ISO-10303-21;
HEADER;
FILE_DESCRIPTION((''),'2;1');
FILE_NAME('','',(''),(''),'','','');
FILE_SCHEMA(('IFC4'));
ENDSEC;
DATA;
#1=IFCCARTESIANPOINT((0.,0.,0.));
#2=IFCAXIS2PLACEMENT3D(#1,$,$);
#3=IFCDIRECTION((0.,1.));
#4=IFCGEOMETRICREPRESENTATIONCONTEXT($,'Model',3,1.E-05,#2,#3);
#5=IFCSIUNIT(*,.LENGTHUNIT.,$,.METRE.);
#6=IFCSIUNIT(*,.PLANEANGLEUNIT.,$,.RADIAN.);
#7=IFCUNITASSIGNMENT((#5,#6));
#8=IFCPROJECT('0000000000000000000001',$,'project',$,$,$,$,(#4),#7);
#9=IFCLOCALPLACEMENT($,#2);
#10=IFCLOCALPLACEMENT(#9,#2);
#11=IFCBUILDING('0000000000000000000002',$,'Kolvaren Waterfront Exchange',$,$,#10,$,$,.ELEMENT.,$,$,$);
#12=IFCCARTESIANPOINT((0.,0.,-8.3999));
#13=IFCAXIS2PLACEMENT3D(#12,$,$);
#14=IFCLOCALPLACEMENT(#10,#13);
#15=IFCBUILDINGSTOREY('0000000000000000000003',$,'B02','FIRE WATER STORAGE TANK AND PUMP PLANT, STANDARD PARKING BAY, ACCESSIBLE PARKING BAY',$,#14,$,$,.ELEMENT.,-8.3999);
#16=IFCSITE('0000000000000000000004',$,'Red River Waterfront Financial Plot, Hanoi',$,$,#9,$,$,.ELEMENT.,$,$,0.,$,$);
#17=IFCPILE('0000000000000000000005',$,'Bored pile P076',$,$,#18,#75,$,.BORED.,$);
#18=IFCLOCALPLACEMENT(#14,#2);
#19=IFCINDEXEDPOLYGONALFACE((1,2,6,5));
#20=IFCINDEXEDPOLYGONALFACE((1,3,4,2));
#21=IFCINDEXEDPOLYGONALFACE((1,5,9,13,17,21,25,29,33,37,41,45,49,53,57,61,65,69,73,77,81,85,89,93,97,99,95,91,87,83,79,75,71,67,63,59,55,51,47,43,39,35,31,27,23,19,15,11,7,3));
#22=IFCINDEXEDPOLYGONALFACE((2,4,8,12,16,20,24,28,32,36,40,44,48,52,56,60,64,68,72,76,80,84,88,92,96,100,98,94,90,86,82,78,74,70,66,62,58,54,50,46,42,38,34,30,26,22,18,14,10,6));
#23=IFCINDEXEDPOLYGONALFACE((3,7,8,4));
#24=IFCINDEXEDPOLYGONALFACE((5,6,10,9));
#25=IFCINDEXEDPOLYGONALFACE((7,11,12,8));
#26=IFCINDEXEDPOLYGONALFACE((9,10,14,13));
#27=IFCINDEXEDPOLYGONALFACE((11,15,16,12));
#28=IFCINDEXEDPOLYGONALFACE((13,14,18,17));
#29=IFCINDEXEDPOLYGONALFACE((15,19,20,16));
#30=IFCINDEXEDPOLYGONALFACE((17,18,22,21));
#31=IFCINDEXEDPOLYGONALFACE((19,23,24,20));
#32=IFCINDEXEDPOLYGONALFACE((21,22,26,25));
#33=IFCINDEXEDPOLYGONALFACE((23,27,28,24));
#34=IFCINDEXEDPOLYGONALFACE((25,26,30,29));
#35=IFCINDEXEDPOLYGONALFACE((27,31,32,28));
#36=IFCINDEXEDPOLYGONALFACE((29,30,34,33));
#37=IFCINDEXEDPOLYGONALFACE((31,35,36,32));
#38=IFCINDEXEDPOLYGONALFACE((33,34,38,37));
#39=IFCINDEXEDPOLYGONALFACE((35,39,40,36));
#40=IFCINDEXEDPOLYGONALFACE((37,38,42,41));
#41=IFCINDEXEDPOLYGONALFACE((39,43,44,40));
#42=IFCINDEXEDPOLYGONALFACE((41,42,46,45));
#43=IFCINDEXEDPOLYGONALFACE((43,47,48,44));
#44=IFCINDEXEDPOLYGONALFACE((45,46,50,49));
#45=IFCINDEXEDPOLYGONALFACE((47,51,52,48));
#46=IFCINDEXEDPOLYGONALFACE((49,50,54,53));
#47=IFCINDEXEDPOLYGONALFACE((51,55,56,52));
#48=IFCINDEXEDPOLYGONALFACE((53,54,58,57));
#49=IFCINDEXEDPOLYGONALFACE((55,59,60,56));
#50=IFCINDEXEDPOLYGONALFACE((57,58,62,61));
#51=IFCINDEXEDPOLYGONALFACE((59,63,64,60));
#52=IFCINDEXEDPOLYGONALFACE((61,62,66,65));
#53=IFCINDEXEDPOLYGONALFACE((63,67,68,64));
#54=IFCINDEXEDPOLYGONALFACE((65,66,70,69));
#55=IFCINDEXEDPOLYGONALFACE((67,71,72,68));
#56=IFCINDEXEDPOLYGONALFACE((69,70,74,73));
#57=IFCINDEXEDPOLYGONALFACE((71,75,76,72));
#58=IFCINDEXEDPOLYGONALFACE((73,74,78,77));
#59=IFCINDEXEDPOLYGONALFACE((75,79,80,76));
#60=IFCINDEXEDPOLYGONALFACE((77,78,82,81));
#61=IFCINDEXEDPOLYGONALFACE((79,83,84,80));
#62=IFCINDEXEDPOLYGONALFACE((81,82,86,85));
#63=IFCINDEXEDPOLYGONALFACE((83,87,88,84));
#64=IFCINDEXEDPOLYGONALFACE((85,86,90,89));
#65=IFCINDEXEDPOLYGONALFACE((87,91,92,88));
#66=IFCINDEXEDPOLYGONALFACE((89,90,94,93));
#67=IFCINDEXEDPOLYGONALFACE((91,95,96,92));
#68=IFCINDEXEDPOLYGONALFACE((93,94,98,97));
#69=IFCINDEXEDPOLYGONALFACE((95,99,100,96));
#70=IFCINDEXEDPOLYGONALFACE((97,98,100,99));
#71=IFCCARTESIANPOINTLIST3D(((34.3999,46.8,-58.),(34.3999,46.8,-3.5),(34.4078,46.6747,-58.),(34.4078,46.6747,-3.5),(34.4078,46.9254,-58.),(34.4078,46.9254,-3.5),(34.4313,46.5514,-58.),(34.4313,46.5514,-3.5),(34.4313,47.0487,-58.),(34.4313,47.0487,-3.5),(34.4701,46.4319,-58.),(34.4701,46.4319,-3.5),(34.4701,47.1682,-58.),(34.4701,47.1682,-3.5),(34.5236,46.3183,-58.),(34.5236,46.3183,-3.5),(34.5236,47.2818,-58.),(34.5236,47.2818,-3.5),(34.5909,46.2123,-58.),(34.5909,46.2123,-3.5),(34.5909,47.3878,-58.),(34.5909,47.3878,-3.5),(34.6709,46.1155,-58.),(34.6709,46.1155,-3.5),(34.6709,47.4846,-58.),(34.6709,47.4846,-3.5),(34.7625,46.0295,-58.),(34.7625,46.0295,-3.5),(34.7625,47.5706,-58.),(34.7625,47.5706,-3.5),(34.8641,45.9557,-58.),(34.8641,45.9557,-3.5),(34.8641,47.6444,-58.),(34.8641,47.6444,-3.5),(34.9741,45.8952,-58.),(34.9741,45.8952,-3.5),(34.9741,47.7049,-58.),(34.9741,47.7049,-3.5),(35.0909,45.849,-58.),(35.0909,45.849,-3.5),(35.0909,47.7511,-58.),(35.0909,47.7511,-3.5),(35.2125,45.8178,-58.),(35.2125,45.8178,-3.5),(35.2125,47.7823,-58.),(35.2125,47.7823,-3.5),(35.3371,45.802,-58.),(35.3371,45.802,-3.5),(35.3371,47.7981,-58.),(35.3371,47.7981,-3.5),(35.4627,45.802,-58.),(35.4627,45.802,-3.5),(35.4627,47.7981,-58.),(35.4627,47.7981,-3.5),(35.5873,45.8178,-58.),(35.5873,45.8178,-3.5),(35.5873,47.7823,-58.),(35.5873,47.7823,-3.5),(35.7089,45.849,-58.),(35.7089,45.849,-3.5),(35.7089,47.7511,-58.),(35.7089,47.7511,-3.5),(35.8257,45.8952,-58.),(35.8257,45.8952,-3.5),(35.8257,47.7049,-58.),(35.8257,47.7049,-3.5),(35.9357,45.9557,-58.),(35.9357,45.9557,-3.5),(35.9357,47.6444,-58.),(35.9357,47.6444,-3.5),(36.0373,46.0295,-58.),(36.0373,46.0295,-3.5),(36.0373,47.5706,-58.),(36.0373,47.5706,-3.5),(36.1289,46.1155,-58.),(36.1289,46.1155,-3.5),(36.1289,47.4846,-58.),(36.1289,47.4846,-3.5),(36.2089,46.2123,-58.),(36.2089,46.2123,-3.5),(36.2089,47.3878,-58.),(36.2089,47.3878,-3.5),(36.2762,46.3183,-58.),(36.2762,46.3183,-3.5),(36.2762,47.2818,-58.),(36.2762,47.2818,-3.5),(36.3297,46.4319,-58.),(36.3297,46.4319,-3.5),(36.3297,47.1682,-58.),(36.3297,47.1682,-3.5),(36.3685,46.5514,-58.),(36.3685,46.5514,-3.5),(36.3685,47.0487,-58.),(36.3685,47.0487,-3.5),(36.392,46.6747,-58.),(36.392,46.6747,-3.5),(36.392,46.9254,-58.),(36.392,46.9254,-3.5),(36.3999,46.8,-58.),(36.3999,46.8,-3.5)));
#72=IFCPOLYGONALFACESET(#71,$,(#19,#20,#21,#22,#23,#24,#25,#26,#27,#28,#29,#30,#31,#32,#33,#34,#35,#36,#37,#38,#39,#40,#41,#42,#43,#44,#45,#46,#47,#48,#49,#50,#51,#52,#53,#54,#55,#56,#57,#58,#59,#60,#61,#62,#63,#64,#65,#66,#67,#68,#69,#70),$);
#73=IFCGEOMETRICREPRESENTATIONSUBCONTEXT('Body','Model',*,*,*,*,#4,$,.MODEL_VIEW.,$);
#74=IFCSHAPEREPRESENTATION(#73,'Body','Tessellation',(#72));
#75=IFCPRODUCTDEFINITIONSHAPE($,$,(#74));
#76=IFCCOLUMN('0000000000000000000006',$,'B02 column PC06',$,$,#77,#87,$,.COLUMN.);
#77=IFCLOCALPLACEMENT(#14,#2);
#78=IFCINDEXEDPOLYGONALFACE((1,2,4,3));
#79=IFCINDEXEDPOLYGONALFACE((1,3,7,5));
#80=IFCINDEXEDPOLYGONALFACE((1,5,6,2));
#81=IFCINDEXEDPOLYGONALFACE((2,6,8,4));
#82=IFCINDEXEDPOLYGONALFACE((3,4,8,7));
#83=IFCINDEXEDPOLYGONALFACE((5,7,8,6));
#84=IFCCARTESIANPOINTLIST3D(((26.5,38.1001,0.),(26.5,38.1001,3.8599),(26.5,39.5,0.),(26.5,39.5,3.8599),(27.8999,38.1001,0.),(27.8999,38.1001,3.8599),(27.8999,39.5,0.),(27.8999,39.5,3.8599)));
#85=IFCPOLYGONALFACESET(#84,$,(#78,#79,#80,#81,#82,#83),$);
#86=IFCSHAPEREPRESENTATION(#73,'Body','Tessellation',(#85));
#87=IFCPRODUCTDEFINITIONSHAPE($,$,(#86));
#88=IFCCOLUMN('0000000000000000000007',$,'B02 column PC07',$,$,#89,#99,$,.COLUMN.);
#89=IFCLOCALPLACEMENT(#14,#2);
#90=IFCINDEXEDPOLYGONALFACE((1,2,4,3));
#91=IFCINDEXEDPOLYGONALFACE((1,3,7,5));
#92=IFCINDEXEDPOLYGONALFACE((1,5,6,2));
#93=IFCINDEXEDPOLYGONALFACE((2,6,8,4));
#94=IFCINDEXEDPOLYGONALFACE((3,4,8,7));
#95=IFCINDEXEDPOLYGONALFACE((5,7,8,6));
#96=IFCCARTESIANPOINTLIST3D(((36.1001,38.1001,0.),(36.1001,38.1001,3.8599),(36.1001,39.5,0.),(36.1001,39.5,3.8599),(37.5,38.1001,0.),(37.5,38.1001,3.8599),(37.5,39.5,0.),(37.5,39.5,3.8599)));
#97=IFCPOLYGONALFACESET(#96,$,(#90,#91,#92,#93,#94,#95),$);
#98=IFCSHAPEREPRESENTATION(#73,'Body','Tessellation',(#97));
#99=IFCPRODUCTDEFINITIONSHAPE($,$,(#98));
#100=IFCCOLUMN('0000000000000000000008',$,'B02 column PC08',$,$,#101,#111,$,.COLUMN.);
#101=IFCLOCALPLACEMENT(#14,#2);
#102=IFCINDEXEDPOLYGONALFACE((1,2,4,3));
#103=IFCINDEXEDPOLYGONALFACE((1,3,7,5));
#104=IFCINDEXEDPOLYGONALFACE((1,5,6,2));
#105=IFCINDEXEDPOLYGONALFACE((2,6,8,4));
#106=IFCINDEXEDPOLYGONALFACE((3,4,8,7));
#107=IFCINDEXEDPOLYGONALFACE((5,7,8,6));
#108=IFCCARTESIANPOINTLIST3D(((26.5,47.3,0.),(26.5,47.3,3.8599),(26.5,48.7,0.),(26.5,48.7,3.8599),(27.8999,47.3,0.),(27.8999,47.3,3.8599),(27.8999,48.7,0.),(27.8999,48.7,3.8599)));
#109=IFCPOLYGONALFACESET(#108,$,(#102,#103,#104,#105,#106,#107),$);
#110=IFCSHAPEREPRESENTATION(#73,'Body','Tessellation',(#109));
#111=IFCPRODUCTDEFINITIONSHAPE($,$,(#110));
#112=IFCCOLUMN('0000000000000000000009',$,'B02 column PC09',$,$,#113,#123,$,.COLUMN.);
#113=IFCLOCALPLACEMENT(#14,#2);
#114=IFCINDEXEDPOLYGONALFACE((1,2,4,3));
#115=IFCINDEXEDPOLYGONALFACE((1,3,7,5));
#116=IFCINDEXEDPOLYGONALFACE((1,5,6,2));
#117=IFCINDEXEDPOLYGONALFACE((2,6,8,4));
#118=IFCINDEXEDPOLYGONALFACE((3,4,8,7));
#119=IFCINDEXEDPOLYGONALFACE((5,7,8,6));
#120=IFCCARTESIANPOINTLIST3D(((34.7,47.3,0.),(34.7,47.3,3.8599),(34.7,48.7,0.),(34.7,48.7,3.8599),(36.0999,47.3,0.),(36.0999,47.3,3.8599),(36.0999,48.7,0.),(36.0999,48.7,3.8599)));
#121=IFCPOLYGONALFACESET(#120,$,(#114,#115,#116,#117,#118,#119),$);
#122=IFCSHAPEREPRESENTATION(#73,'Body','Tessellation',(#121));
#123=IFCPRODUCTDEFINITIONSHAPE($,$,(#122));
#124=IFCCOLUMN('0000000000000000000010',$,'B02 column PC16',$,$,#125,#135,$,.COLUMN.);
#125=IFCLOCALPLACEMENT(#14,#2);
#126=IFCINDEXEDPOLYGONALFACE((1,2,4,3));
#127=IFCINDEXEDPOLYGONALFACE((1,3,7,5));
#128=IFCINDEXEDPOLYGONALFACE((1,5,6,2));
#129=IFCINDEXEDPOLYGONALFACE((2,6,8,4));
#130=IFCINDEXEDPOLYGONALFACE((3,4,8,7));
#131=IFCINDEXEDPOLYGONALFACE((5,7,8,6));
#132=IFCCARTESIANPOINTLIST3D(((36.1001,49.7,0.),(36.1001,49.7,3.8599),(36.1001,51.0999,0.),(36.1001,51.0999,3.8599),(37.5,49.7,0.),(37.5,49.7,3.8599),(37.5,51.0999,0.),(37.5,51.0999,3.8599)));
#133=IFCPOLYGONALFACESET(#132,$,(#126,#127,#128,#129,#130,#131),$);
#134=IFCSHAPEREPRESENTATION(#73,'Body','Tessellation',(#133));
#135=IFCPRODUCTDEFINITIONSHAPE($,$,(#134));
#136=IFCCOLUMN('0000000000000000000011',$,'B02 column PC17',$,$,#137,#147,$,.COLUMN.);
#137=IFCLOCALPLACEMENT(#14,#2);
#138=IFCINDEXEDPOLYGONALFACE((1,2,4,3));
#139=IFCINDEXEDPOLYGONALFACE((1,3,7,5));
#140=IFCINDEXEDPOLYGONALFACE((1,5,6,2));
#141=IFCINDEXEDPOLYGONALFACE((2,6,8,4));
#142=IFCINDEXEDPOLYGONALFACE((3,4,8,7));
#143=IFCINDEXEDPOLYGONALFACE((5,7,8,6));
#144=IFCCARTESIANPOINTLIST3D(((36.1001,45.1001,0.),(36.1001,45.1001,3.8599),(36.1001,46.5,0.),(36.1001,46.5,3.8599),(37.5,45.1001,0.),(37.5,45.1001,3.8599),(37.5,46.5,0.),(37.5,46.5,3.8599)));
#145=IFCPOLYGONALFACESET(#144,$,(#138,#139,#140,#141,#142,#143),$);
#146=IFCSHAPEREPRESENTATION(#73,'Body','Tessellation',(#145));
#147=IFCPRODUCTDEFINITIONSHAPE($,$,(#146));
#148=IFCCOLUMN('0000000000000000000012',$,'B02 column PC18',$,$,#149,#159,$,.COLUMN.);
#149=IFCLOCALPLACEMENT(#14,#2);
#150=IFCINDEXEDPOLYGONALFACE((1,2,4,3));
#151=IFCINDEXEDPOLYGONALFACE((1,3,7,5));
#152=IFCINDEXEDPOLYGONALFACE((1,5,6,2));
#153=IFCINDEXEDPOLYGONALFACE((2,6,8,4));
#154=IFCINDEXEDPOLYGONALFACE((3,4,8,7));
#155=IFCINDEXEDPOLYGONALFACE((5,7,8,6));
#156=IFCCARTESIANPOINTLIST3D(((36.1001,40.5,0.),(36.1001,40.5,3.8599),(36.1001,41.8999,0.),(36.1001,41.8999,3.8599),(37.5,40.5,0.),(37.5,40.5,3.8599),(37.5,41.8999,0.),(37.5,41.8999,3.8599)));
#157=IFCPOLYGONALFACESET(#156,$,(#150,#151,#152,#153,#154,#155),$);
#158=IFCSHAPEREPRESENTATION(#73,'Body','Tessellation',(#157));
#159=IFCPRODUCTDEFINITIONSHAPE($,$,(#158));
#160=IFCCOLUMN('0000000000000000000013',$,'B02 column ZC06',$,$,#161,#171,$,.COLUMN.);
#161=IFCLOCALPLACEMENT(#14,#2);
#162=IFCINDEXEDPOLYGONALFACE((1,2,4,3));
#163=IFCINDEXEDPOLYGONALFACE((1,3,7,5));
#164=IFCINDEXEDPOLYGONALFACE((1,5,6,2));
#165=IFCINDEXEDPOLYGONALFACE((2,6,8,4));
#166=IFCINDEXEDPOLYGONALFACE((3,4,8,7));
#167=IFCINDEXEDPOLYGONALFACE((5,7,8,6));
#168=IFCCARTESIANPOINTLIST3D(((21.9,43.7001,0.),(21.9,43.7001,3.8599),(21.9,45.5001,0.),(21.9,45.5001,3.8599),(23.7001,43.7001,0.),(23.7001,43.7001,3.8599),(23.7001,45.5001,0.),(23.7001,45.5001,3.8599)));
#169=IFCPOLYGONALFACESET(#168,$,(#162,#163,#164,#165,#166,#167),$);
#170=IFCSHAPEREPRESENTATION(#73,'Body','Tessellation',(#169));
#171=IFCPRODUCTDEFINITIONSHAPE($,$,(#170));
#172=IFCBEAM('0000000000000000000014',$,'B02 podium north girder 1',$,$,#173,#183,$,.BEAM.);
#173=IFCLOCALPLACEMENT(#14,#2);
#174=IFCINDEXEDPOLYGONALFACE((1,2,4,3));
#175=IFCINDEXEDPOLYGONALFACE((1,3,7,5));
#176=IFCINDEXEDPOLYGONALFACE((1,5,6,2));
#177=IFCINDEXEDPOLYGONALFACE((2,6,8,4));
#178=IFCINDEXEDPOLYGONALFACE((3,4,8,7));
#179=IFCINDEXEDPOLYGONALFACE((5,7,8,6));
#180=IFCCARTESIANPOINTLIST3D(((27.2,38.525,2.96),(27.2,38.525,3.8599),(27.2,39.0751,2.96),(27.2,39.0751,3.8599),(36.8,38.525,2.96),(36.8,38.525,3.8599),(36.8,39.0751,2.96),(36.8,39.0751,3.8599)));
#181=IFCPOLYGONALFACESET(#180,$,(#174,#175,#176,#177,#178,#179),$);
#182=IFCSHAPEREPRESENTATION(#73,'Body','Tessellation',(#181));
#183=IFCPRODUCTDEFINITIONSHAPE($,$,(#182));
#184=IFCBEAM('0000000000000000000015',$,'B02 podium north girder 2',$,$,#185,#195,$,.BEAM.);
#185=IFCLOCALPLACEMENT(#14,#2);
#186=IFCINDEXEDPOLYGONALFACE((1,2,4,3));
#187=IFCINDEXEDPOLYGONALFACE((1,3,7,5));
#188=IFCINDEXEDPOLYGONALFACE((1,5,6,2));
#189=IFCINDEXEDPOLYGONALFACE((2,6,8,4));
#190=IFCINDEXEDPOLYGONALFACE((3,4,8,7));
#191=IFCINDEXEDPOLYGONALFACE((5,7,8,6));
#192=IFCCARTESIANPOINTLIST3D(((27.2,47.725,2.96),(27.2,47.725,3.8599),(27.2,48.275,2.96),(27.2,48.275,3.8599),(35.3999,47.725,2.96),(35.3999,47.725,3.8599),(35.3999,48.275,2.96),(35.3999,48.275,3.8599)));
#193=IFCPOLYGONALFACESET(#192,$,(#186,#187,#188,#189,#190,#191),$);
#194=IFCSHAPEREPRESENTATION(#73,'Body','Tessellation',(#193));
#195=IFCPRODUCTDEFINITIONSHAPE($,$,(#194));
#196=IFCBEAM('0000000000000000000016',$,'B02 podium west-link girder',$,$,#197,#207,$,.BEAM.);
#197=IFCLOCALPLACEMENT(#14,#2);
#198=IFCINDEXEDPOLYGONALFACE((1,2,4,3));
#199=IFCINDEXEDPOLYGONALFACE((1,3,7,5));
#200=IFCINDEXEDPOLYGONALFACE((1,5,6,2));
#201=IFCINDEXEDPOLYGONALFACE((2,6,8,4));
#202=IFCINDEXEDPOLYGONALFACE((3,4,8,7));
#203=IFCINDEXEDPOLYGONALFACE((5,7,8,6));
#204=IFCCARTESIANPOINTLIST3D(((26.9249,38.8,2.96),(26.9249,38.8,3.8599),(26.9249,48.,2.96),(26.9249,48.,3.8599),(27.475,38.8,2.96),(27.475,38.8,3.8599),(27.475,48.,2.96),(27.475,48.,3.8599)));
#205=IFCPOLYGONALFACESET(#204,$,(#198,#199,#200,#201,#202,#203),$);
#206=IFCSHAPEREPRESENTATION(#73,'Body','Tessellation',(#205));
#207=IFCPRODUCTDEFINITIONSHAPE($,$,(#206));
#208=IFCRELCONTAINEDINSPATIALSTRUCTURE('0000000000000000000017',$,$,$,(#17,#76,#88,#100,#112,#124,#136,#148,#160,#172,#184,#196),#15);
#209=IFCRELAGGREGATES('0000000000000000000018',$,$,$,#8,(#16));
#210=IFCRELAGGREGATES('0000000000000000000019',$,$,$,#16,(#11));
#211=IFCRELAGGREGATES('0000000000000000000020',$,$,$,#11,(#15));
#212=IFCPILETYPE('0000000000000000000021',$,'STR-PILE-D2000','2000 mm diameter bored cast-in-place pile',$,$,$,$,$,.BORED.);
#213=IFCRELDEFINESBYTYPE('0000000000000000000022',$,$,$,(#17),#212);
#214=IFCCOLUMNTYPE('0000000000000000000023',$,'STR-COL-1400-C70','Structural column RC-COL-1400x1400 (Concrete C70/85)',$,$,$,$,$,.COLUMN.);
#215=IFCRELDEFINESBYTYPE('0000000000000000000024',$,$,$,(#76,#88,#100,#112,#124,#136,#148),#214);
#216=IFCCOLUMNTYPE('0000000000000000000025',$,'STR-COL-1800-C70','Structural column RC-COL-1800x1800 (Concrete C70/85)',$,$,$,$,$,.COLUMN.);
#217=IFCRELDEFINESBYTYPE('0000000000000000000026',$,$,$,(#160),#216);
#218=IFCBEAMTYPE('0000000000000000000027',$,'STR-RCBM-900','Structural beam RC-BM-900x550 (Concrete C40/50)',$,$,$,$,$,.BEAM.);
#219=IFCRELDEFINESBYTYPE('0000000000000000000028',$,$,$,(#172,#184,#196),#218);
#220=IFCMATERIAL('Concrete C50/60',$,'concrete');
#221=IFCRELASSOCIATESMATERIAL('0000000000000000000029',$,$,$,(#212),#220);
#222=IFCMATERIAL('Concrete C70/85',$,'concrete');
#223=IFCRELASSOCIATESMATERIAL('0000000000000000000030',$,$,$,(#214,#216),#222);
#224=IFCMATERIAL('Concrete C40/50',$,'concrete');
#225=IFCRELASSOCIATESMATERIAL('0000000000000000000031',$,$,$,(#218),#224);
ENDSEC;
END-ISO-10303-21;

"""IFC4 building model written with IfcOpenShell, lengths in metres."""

from ifc_helpers import new_model, si_unit, direction, frame, origin, origin_2d, place, context, subcontext, project, spatial, rectangle, circle, extrude, material, material_profile, profile_set, type_object, element, save


model = new_model("IFC4")

# Units and contexts
model_context = context("Model", 3, precision=1e-05, world=origin(), true_north=direction((0.0, 1.0)))
body_context = subcontext(model_context, "Body", "Model", "MODEL_VIEW")
ifc_project = project(units=[si_unit("LENGTHUNIT", "METRE"), si_unit("PLANEANGLEUNIT", "RADIAN")], contexts=[model_context])

# Site, building, storey
site_placement = place(None, origin())
site = spatial("IfcSite", under=ifc_project, at=site_placement, Name="Red River Waterfront Financial Plot, Hanoi", CompositionType="ELEMENT", RefElevation=0.0)
building_placement = place(site_placement, origin())
building = spatial("IfcBuilding", under=site, at=building_placement, Name="Kolvaren Waterfront Exchange", CompositionType="ELEMENT")
storey_placement = place(building_placement, frame((0.0, 0.0, -8.3999)))
storey = spatial("IfcBuildingStorey", under=building, at=storey_placement, Name="B02", Description="FIRE WATER STORAGE TANK AND PUMP PLANT, STANDARD PARKING BAY, ACCESSIBLE PARKING BAY", CompositionType="ELEMENT", Elevation=-8.3999)

# Pile
ifc_material_1 = material(Name="Concrete C50/60", Category="concrete")
ifc_material_profile_1 = material_profile(ifc_material_1, circle(Radius=1.0, at=origin_2d()), Name="RC-PILE-D2000")
ifc_profile_set_1 = profile_set([ifc_material_profile_1], Name="Concrete C50/60")
pile_type = type_object("IfcPileType", Name="STR-PILE-D2000", Description="2000 mm diameter bored cast-in-place pile", PredefinedType="BORED", material=ifc_profile_set_1)
for number, where, z_axis, x_axis, name in (
    (1, (35.3999, 46.8, -3.5), (0.0, 0.0, -1.0), (1.0, 0.0, 0.0), "Bored pile P076"),
):
    element("IfcPile", number, at=place(storey_placement, frame(where, z_axis=z_axis, x_axis=x_axis)), inside=storey, type_object=pile_type, Name=name, PredefinedType="BORED", context=body_context, shape_type="SweptSolid", body=[
        extrude(circle(Radius=1.0, at=origin_2d()), origin(), (0.0, 0.0, 1.0), 54.5),
    ])

# Columns
ifc_material_2 = material(Name="Concrete C70/85", Category="concrete")
ifc_material_profile_2 = material_profile(ifc_material_2, rectangle(XDim=1.3999, YDim=1.3999, at=origin_2d()), Name="RC-COL-1400x1400")
ifc_profile_set_2 = profile_set([ifc_material_profile_2], Name="Concrete C70/85")
column_type_1 = type_object("IfcColumnType", Name="STR-COL-1400-C70", Description="Structural column RC-COL-1400x1400 (Concrete C70/85)", PredefinedType="COLUMN", material=ifc_profile_set_2)
for number, where, z_axis, x_axis, name in (
    (2, (27.2, 38.8, 0.0), (0.0, 0.0, 1.0), (1.0, 0.0, 0.0), "B02 column PC06"),
    (3, (36.8, 38.8, 0.0), (0.0, 0.0, 1.0), (1.0, 0.0, 0.0), "B02 column PC07"),
    (4, (27.2, 48.0, 0.0), (0.0, 0.0, 1.0), (1.0, 0.0, 0.0), "B02 column PC08"),
    (5, (35.3999, 48.0, 0.0), (0.0, 0.0, 1.0), (1.0, 0.0, 0.0), "B02 column PC09"),
    (6, (36.8, 50.3999, 0.0), (0.0, 0.0, 1.0), (1.0, 0.0, 0.0), "B02 column PC16"),
    (7, (36.8, 45.8, 0.0), (0.0, 0.0, 1.0), (1.0, 0.0, 0.0), "B02 column PC17"),
    (8, (36.8, 41.2, 0.0), (0.0, 0.0, 1.0), (1.0, 0.0, 0.0), "B02 column PC18"),
):
    element("IfcColumn", number, at=place(storey_placement, frame(where, z_axis=z_axis, x_axis=x_axis)), inside=storey, type_object=column_type_1, Name=name, PredefinedType="COLUMN", context=body_context, shape_type="SweptSolid", body=[
        extrude(rectangle(XDim=1.3999, YDim=1.3999, at=origin_2d()), origin(), (0.0, 0.0, 1.0), 3.8599),
    ])
ifc_material_profile_3 = material_profile(ifc_material_2, rectangle(XDim=1.8, YDim=1.8, at=origin_2d()), Name="RC-COL-1800x1800")
ifc_profile_set_3 = profile_set([ifc_material_profile_3], Name="Concrete C70/85")
column_type_2 = type_object("IfcColumnType", Name="STR-COL-1800-C70", Description="Structural column RC-COL-1800x1800 (Concrete C70/85)", PredefinedType="COLUMN", material=ifc_profile_set_3)
column_placement = place(storey_placement, frame((22.8, 44.6001, 0.0), z_axis=(0.0, 0.0, 1.0), x_axis=(1.0, 0.0, 0.0)))
element("IfcColumn", 9, at=column_placement, inside=storey, type_object=column_type_2, Name="B02 column ZC06", PredefinedType="COLUMN", context=body_context, shape_type="SweptSolid", body=[
    extrude(rectangle(XDim=1.8, YDim=1.8, at=origin_2d()), origin(), (0.0, 0.0, 1.0), 3.8599),
])

# Beams
ifc_material_3 = material(Name="Concrete C40/50", Category="concrete")
ifc_material_profile_4 = material_profile(ifc_material_3, rectangle(XDim=0.55, YDim=0.8999, at=origin_2d()), Name="RC-BM-900x550")
ifc_profile_set_4 = profile_set([ifc_material_profile_4], Name="Concrete C40/50")
beam_type = type_object("IfcBeamType", Name="STR-RCBM-900", Description="Structural beam RC-BM-900x550 (Concrete C40/50)", PredefinedType="BEAM", material=ifc_profile_set_4)
beam_1_placement = place(storey_placement, frame((27.2, 38.8, 3.4099), z_axis=(1.0, 0.0, 0.0), x_axis=(0.0, 1.0, 0.0)))
element("IfcBeam", 10, at=beam_1_placement, inside=storey, type_object=beam_type, Name="B02 podium north girder 1", PredefinedType="BEAM", context=body_context, shape_type="SweptSolid", body=[
    extrude(rectangle(XDim=0.55, YDim=0.8999, at=origin_2d()), origin(), (0.0, 0.0, 1.0), 9.6001),
])
beam_2_placement = place(storey_placement, frame((27.2, 48.0, 3.4099), z_axis=(1.0, 0.0, 0.0), x_axis=(0.0, 1.0, 0.0)))
element("IfcBeam", 11, at=beam_2_placement, inside=storey, type_object=beam_type, Name="B02 podium north girder 2", PredefinedType="BEAM", context=body_context, shape_type="SweptSolid", body=[
    extrude(rectangle(XDim=0.55, YDim=0.8999, at=origin_2d()), origin(), (0.0, 0.0, 1.0), 8.2),
])
beam_3_placement = place(storey_placement, frame((27.2, 38.8, 3.4099), z_axis=(0.0, 1.0, 0.0), x_axis=(-1.0, 0.0, 0.0)))
element("IfcBeam", 12, at=beam_3_placement, inside=storey, type_object=beam_type, Name="B02 podium west-link girder", PredefinedType="BEAM", context=body_context, shape_type="SweptSolid", body=[
    extrude(rectangle(XDim=0.55, YDim=0.8999, at=origin_2d()), origin(), (0.0, 0.0, 1.0), 9.2),
])

save(model, "model.ifc")
